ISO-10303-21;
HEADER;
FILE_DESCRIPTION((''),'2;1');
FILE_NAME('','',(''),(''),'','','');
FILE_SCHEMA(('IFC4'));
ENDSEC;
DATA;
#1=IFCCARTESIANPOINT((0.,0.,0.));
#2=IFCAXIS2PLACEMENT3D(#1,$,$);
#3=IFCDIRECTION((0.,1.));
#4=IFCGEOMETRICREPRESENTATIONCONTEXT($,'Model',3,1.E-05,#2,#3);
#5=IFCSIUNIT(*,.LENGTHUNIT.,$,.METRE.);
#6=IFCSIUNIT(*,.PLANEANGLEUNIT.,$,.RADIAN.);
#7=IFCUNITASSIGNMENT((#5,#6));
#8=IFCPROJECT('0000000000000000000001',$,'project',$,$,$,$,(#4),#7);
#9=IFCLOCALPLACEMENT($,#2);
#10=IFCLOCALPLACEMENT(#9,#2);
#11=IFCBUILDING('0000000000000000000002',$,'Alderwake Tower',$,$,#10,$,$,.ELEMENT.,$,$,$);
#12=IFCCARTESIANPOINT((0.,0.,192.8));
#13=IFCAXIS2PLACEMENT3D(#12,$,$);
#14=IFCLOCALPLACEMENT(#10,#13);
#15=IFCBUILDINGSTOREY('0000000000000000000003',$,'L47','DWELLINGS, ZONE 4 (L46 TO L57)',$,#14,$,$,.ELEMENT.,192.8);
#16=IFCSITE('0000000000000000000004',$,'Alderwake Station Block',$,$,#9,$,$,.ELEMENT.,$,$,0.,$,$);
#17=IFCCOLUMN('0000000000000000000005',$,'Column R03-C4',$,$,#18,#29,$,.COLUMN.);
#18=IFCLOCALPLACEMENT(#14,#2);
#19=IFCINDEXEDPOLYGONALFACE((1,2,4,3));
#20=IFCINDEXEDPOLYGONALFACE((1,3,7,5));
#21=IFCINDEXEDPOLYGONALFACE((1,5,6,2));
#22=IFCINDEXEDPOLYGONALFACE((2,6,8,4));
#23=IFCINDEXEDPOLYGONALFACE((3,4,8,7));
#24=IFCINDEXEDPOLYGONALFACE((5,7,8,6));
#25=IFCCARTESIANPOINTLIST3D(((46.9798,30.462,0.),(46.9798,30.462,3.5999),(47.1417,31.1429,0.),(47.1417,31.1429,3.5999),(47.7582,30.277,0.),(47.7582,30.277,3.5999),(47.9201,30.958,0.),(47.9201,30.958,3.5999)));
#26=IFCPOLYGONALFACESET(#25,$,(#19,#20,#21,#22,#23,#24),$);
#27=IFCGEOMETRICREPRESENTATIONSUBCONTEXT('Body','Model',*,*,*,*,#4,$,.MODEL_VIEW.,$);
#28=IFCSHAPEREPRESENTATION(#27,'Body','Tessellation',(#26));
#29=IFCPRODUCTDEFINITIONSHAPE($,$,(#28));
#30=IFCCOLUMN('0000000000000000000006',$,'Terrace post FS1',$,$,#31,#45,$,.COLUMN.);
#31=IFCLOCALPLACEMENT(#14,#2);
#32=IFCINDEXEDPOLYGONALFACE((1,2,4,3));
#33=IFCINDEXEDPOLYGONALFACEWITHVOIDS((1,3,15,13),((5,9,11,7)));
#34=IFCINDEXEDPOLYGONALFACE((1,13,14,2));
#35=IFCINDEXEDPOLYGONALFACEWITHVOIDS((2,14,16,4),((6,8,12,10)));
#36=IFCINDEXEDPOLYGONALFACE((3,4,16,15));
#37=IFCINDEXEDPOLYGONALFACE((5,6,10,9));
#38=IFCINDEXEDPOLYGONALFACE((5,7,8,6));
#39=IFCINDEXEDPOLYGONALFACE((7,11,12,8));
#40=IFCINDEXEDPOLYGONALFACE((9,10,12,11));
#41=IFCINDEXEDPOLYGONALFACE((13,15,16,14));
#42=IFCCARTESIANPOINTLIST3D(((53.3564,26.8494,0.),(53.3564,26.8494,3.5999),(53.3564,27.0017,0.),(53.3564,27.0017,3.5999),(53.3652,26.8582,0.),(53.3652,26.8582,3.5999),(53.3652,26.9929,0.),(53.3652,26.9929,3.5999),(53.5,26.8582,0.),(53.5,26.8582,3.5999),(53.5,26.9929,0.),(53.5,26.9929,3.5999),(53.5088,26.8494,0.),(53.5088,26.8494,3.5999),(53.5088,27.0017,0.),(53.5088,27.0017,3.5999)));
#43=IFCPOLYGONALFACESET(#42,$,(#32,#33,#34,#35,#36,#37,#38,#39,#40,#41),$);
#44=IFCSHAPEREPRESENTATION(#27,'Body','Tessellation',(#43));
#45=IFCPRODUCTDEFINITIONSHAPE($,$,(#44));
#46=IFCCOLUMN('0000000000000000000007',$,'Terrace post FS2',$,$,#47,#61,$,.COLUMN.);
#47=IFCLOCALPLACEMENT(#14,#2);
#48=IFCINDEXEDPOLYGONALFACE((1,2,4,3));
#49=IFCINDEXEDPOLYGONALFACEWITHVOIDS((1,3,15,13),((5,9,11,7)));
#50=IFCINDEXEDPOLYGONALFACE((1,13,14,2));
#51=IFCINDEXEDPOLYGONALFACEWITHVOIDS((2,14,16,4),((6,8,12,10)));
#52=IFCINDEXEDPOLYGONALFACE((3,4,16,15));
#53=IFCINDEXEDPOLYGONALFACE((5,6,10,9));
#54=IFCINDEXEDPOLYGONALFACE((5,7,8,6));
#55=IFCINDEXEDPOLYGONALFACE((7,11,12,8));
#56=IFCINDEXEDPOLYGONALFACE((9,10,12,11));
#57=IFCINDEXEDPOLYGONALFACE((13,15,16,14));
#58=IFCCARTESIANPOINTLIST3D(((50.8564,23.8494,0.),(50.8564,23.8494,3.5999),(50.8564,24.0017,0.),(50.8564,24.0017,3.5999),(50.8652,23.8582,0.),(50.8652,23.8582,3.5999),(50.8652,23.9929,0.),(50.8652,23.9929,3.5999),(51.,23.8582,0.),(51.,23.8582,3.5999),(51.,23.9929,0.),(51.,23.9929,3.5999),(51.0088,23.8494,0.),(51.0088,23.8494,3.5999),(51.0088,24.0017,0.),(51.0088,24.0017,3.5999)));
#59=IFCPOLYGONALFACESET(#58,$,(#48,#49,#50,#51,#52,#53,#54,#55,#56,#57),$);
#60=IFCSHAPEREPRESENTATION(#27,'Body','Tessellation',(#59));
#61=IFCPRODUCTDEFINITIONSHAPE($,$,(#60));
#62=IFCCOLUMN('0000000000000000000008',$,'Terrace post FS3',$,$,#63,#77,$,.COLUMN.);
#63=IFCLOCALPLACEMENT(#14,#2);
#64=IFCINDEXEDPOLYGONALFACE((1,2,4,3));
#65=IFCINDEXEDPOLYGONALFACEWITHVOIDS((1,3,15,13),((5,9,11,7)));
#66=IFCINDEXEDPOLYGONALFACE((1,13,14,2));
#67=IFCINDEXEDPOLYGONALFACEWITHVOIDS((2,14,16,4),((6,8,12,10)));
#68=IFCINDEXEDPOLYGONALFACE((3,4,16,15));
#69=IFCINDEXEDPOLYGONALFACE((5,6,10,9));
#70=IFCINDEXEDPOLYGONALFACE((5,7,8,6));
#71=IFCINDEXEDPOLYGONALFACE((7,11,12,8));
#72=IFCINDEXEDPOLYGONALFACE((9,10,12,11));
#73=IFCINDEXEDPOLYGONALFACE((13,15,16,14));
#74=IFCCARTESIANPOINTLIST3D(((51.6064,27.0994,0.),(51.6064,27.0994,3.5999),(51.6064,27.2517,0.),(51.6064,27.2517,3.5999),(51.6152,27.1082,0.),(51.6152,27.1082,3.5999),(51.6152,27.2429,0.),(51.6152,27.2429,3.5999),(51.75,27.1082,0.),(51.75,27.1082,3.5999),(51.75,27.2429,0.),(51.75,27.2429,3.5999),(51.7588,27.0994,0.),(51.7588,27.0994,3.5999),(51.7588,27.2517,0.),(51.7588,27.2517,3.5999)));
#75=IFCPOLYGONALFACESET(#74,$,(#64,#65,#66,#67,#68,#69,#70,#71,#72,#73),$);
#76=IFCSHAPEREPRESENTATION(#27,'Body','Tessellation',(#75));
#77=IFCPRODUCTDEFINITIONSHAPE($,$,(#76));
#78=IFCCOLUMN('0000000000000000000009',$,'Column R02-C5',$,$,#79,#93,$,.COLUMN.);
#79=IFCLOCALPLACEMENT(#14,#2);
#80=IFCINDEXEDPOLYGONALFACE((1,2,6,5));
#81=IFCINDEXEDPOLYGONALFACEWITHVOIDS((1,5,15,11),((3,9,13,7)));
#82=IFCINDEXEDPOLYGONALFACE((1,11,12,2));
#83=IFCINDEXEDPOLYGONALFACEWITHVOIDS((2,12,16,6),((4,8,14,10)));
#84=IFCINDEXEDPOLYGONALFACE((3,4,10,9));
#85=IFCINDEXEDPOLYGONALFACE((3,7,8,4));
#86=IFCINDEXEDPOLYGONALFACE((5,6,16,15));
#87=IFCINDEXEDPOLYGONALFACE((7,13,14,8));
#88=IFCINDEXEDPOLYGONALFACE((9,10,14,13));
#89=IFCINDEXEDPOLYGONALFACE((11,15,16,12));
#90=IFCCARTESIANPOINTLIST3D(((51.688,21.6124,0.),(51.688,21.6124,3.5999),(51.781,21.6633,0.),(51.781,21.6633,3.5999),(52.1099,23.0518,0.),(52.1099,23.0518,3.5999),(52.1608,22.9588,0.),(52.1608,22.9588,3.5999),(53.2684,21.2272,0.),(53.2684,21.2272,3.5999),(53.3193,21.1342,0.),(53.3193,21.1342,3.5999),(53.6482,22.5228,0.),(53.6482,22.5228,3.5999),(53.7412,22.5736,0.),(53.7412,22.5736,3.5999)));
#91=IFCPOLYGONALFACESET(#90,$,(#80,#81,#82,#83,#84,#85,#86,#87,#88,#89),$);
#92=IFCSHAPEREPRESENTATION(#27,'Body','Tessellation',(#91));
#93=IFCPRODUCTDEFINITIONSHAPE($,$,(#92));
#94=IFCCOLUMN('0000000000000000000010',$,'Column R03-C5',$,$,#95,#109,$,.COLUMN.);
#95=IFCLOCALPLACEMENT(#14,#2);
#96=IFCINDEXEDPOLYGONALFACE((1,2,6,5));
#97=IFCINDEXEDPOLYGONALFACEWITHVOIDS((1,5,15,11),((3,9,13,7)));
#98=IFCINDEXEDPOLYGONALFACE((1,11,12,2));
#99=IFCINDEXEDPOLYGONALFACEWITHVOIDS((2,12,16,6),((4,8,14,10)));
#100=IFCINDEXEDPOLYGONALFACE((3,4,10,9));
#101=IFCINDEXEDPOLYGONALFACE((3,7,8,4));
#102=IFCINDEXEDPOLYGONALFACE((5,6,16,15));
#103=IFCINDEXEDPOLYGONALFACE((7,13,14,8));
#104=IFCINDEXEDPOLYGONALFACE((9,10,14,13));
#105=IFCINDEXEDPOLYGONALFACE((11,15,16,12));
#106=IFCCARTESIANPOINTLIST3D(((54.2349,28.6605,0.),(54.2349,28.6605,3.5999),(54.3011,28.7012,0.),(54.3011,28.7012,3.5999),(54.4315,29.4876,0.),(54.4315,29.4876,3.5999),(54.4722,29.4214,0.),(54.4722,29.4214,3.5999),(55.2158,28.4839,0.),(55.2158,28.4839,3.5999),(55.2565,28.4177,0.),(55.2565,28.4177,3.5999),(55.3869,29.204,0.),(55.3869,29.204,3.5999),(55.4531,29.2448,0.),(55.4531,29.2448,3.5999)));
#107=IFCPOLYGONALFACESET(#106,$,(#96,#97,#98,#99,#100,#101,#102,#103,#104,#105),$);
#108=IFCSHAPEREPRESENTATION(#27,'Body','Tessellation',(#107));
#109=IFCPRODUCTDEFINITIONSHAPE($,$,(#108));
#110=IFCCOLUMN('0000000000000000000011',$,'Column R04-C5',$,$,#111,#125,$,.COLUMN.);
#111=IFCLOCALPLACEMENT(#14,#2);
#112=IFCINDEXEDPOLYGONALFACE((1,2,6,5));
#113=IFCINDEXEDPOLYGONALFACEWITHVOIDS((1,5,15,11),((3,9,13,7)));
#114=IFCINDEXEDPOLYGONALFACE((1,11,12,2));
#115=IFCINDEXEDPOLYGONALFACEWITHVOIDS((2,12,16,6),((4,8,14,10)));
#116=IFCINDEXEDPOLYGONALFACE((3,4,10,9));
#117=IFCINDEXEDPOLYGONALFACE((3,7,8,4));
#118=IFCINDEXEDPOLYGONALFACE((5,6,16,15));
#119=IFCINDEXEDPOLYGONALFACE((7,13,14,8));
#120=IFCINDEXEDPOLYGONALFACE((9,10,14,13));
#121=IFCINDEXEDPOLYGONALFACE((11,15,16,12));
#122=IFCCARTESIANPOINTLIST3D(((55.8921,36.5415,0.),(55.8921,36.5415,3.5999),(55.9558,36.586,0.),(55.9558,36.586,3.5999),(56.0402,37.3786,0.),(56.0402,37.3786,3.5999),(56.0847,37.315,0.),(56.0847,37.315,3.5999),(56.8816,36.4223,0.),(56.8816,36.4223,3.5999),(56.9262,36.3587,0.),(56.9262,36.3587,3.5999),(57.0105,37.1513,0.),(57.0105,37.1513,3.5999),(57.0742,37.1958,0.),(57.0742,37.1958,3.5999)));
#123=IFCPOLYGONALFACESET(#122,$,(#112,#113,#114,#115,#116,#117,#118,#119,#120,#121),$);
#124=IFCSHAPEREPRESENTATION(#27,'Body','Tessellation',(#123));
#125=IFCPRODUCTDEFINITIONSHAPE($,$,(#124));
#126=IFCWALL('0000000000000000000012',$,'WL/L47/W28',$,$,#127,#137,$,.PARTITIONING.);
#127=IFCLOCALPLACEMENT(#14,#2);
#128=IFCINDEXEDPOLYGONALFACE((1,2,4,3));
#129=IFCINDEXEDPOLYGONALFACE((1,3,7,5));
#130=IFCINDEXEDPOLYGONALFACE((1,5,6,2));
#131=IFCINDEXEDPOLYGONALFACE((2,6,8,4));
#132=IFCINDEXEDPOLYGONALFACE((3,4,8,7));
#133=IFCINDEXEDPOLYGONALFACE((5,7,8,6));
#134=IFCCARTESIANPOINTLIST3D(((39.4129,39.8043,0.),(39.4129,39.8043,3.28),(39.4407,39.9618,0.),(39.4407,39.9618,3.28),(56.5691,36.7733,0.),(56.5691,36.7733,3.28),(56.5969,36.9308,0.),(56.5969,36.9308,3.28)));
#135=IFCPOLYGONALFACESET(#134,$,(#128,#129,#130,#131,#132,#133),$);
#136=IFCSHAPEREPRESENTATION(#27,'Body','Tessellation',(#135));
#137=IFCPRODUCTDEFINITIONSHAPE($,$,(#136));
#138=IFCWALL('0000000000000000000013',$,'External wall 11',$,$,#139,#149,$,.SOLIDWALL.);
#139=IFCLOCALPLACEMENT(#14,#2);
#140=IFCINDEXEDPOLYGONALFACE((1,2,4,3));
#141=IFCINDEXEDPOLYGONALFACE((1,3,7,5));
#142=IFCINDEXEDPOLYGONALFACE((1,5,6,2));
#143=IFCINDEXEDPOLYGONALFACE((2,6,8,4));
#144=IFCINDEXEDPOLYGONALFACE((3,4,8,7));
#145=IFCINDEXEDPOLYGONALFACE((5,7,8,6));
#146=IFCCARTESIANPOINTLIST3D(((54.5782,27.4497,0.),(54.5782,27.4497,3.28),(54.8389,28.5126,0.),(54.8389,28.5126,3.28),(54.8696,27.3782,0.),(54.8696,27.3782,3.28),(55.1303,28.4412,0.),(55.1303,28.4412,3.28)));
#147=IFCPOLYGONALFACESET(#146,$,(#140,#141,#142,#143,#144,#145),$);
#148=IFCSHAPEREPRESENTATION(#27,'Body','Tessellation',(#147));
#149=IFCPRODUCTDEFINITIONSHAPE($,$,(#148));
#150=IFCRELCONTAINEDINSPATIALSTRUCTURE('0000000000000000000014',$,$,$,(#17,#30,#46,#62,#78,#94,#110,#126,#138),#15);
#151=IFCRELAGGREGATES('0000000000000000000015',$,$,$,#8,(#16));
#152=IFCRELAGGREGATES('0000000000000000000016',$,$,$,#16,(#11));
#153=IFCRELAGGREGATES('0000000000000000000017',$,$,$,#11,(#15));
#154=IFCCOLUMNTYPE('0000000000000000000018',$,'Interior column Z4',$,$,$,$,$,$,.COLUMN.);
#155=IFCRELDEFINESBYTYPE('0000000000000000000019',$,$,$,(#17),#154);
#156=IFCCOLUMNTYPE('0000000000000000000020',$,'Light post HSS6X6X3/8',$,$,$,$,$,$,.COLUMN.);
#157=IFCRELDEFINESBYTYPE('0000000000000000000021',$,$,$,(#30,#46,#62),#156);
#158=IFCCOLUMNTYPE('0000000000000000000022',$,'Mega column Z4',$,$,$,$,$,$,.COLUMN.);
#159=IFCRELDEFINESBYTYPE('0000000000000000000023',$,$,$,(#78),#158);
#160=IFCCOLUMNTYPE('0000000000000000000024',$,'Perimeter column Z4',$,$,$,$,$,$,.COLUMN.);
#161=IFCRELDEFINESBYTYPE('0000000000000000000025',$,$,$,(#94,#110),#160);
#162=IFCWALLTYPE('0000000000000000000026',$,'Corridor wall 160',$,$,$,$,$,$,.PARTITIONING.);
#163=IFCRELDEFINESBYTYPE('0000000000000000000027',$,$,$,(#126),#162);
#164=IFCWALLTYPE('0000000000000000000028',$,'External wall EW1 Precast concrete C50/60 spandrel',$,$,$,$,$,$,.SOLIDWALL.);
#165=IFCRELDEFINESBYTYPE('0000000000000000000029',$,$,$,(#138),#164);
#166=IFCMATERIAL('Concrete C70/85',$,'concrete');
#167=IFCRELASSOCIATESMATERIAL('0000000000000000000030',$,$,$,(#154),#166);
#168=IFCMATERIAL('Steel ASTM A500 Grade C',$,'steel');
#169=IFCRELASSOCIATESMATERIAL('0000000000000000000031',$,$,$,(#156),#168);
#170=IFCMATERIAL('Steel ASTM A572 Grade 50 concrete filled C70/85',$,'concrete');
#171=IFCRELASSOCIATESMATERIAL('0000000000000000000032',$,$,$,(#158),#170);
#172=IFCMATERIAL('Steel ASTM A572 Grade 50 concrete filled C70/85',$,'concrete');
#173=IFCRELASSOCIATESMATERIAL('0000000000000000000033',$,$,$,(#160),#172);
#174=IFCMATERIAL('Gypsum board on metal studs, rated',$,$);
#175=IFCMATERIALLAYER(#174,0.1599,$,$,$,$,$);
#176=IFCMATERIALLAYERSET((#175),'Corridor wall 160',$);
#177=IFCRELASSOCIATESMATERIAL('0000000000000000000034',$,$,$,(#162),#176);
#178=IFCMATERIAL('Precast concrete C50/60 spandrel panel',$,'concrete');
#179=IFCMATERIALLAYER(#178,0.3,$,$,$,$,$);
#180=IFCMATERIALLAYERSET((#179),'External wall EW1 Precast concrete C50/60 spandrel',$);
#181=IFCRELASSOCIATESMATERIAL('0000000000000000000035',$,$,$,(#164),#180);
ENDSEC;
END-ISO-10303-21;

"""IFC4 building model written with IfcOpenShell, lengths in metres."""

from ifc_helpers import new_model, si_unit, direction, frame, frame_2d, origin, origin_2d, place, context, subcontext, project, spatial, rectangle, hollow_rectangle, extrude, material, layer, layer_set, material_profile, profile_set, type_object, element, save


model = new_model("IFC4")

# Units and contexts
model_context = context("Model", 3, precision=1e-05, world=origin(), true_north=direction((0.0, 1.0)))
body_context = subcontext(model_context, "Body", "Model", "MODEL_VIEW")
ifc_project = project(units=[si_unit("LENGTHUNIT", "METRE"), si_unit("PLANEANGLEUNIT", "RADIAN")], contexts=[model_context])

# Site, building, storey
site_placement = place(None, origin())
site = spatial("IfcSite", under=ifc_project, at=site_placement, Name="Alderwake Station Block", CompositionType="ELEMENT", RefElevation=0.0)
building_placement = place(site_placement, origin())
building = spatial("IfcBuilding", under=site, at=building_placement, Name="Alderwake Tower", CompositionType="ELEMENT")
storey_placement = place(building_placement, frame((0.0, 0.0, 192.8)))
storey = spatial("IfcBuildingStorey", under=building, at=storey_placement, Name="L47", Description="DWELLINGS, ZONE 4 (L46 TO L57)", CompositionType="ELEMENT", Elevation=192.8)

# Columns
ifc_material_1 = material(Name="Concrete C70/85", Category="concrete")
ifc_material_profile_1 = material_profile(ifc_material_1, rectangle(XDim=0.7, YDim=0.8, at=origin_2d()), Name="RC 800X700")
ifc_profile_set_1 = profile_set([ifc_material_profile_1], Name="Concrete C70/85")
column_type_1 = type_object("IfcColumnType", Name="Interior column Z4", PredefinedType="COLUMN", material=ifc_profile_set_1)
column_1_placement = place(storey_placement, frame((47.45, 30.71, 0.0), z_axis=(0.0, 0.0, 1.0), x_axis=(0.231222, 0.972901, 0.0)))
element("IfcColumn", 1, at=column_1_placement, inside=storey, type_object=column_type_1, Name="Column R03-C4", PredefinedType="COLUMN", context=body_context, shape_type="SweptSolid", body=[
    extrude(rectangle(XDim=0.7, YDim=0.8, at=origin_2d()), origin(), (0.0, 0.0, 1.0), 3.5999),
])
ifc_material_2 = material(Name="Steel ASTM A500 Grade C", Category="steel")
ifc_material_profile_2 = material_profile(ifc_material_2, hollow_rectangle(XDim=0.1523, YDim=0.1523, WallThickness=0.0088, at=origin_2d()), Name="HSS6X6X3/8")
ifc_profile_set_2 = profile_set([ifc_material_profile_2], Name="Steel ASTM A500 Grade C")
column_type_2 = type_object("IfcColumnType", Name="Light post HSS6X6X3/8", PredefinedType="COLUMN", material=ifc_profile_set_2)
for number, where, z_axis, x_axis, name in (
    (2, (53.4326, 26.9255, 0.0), (0.0, 0.0, 1.0), (1.0, 0.0, 0.0), "Terrace post FS1"),
    (3, (50.9326, 23.9255, 0.0), (0.0, 0.0, 1.0), (1.0, 0.0, 0.0), "Terrace post FS2"),
    (4, (51.6826, 27.1755, 0.0), (0.0, 0.0, 1.0), (1.0, 0.0, 0.0), "Terrace post FS3"),
):
    element("IfcColumn", number, at=place(storey_placement, frame(where, z_axis=z_axis, x_axis=x_axis)), inside=storey, type_object=column_type_2, Name=name, PredefinedType="COLUMN", context=body_context, shape_type="SweptSolid", body=[
        extrude(hollow_rectangle(XDim=0.1523, YDim=0.1523, WallThickness=0.0088, at=origin_2d()), origin(), (0.0, 0.0, 1.0), 3.5999),
    ])
ifc_material_3 = material(Name="Steel ASTM A572 Grade 50 concrete filled C70/85", Category="concrete")
ifc_material_profile_3 = material_profile(ifc_material_3, hollow_rectangle(XDim=1.5, YDim=1.7, WallThickness=0.075, at=origin_2d()), Name="BOX 1700X1500X75")
ifc_profile_set_3 = profile_set([ifc_material_profile_3], Name="Steel ASTM A572 Grade 50 concrete filled C70/85")
column_type_3 = type_object("IfcColumnType", Name="Mega column Z4", PredefinedType="COLUMN", material=ifc_profile_set_3)
column_2_placement = place(storey_placement, frame((52.7146, 22.093, 0.0), z_axis=(0.0, 0.0, 1.0), x_axis=(0.281323, 0.959613, 0.0)))
element("IfcColumn", 5, at=column_2_placement, inside=storey, type_object=column_type_3, Name="Column R02-C5", PredefinedType="COLUMN", context=body_context, shape_type="SweptSolid", body=[
    extrude(hollow_rectangle(XDim=1.5, YDim=1.7, WallThickness=0.075, at=origin_2d()), origin(), (0.0, 0.0, 1.0), 3.5999),
])
ifc_material_4 = material(Name="Steel ASTM A572 Grade 50 concrete filled C70/85", Category="concrete")
ifc_material_profile_4 = material_profile(ifc_material_4, hollow_rectangle(XDim=0.8501, YDim=1.05, WallThickness=0.0549, at=origin_2d()), Name="BOX 1050X850X55")
ifc_profile_set_4 = profile_set([ifc_material_profile_4], Name="Steel ASTM A572 Grade 50 concrete filled C70/85")
column_type_4 = type_object("IfcColumnType", Name="Perimeter column Z4", PredefinedType="COLUMN", material=ifc_profile_set_4)
for number, where, z_axis, x_axis, name in (
    (6, (54.844, 28.9526, 0.0), (0.0, 0.0, 1.0), (0.231222, 0.972901, 0.0), "Column R03-C5"),
    (7, (56.4832, 36.8687, 0.0), (0.0, 0.0, 1.0), (0.174109, 0.984726, 0.0), "Column R04-C5"),
):
    element("IfcColumn", number, at=place(storey_placement, frame(where, z_axis=z_axis, x_axis=x_axis)), inside=storey, type_object=column_type_4, Name=name, PredefinedType="COLUMN", context=body_context, shape_type="SweptSolid", body=[
        extrude(hollow_rectangle(XDim=0.8501, YDim=1.05, WallThickness=0.0549, at=origin_2d()), origin(), (0.0, 0.0, 1.0), 3.5999),
    ])

# Walls
ifc_material_5 = material(Name="Gypsum board on metal studs, rated")
ifc_layer_1 = layer(ifc_material_5, 0.1599)
ifc_layer_set_1 = layer_set([ifc_layer_1], Name="Corridor wall 160")
wall_type_1 = type_object("IfcWallType", Name="Corridor wall 160", PredefinedType="PARTITIONING", material=ifc_layer_set_1)
wall_1_placement = place(storey_placement, frame((56.583, 36.8521, 0.0), z_axis=(0.0, 0.0, 1.0), x_axis=(-0.98475, 0.173976, 0.0)))
element("IfcWall", 8, at=wall_1_placement, inside=storey, type_object=wall_type_1, Name="WL/L47/W28", PredefinedType="PARTITIONING", context=body_context, shape_type="SweptSolid", body=[
    extrude(rectangle(XDim=17.4219, YDim=0.1599, at=frame_2d((8.7109, 0.0))), origin(), (0.0, 0.0, 1.0), 3.28),
])
ifc_material_6 = material(Name="Precast concrete C50/60 spandrel panel", Category="concrete")
ifc_layer_2 = layer(ifc_material_6, 0.3)
ifc_layer_set_2 = layer_set([ifc_layer_2], Name="External wall EW1 Precast concrete C50/60 spandrel")
wall_type_2 = type_object("IfcWallType", Name="External wall EW1 Precast concrete C50/60 spandrel", PredefinedType="SOLIDWALL", material=ifc_layer_set_2)
wall_2_placement = place(storey_placement, frame((54.7239, 27.4138, 0.0), z_axis=(0.0, 0.0, 1.0), x_axis=(0.238229, 0.971209, 0.0)))
element("IfcWall", 9, at=wall_2_placement, inside=storey, type_object=wall_type_2, Name="External wall 11", PredefinedType="SOLIDWALL", context=body_context, shape_type="SweptSolid", body=[
    extrude(rectangle(XDim=1.0945, YDim=0.3, at=frame_2d((0.5474, 0.0))), origin(), (0.0, 0.0, 1.0), 3.28),
])

save(model, "model.ifc")
